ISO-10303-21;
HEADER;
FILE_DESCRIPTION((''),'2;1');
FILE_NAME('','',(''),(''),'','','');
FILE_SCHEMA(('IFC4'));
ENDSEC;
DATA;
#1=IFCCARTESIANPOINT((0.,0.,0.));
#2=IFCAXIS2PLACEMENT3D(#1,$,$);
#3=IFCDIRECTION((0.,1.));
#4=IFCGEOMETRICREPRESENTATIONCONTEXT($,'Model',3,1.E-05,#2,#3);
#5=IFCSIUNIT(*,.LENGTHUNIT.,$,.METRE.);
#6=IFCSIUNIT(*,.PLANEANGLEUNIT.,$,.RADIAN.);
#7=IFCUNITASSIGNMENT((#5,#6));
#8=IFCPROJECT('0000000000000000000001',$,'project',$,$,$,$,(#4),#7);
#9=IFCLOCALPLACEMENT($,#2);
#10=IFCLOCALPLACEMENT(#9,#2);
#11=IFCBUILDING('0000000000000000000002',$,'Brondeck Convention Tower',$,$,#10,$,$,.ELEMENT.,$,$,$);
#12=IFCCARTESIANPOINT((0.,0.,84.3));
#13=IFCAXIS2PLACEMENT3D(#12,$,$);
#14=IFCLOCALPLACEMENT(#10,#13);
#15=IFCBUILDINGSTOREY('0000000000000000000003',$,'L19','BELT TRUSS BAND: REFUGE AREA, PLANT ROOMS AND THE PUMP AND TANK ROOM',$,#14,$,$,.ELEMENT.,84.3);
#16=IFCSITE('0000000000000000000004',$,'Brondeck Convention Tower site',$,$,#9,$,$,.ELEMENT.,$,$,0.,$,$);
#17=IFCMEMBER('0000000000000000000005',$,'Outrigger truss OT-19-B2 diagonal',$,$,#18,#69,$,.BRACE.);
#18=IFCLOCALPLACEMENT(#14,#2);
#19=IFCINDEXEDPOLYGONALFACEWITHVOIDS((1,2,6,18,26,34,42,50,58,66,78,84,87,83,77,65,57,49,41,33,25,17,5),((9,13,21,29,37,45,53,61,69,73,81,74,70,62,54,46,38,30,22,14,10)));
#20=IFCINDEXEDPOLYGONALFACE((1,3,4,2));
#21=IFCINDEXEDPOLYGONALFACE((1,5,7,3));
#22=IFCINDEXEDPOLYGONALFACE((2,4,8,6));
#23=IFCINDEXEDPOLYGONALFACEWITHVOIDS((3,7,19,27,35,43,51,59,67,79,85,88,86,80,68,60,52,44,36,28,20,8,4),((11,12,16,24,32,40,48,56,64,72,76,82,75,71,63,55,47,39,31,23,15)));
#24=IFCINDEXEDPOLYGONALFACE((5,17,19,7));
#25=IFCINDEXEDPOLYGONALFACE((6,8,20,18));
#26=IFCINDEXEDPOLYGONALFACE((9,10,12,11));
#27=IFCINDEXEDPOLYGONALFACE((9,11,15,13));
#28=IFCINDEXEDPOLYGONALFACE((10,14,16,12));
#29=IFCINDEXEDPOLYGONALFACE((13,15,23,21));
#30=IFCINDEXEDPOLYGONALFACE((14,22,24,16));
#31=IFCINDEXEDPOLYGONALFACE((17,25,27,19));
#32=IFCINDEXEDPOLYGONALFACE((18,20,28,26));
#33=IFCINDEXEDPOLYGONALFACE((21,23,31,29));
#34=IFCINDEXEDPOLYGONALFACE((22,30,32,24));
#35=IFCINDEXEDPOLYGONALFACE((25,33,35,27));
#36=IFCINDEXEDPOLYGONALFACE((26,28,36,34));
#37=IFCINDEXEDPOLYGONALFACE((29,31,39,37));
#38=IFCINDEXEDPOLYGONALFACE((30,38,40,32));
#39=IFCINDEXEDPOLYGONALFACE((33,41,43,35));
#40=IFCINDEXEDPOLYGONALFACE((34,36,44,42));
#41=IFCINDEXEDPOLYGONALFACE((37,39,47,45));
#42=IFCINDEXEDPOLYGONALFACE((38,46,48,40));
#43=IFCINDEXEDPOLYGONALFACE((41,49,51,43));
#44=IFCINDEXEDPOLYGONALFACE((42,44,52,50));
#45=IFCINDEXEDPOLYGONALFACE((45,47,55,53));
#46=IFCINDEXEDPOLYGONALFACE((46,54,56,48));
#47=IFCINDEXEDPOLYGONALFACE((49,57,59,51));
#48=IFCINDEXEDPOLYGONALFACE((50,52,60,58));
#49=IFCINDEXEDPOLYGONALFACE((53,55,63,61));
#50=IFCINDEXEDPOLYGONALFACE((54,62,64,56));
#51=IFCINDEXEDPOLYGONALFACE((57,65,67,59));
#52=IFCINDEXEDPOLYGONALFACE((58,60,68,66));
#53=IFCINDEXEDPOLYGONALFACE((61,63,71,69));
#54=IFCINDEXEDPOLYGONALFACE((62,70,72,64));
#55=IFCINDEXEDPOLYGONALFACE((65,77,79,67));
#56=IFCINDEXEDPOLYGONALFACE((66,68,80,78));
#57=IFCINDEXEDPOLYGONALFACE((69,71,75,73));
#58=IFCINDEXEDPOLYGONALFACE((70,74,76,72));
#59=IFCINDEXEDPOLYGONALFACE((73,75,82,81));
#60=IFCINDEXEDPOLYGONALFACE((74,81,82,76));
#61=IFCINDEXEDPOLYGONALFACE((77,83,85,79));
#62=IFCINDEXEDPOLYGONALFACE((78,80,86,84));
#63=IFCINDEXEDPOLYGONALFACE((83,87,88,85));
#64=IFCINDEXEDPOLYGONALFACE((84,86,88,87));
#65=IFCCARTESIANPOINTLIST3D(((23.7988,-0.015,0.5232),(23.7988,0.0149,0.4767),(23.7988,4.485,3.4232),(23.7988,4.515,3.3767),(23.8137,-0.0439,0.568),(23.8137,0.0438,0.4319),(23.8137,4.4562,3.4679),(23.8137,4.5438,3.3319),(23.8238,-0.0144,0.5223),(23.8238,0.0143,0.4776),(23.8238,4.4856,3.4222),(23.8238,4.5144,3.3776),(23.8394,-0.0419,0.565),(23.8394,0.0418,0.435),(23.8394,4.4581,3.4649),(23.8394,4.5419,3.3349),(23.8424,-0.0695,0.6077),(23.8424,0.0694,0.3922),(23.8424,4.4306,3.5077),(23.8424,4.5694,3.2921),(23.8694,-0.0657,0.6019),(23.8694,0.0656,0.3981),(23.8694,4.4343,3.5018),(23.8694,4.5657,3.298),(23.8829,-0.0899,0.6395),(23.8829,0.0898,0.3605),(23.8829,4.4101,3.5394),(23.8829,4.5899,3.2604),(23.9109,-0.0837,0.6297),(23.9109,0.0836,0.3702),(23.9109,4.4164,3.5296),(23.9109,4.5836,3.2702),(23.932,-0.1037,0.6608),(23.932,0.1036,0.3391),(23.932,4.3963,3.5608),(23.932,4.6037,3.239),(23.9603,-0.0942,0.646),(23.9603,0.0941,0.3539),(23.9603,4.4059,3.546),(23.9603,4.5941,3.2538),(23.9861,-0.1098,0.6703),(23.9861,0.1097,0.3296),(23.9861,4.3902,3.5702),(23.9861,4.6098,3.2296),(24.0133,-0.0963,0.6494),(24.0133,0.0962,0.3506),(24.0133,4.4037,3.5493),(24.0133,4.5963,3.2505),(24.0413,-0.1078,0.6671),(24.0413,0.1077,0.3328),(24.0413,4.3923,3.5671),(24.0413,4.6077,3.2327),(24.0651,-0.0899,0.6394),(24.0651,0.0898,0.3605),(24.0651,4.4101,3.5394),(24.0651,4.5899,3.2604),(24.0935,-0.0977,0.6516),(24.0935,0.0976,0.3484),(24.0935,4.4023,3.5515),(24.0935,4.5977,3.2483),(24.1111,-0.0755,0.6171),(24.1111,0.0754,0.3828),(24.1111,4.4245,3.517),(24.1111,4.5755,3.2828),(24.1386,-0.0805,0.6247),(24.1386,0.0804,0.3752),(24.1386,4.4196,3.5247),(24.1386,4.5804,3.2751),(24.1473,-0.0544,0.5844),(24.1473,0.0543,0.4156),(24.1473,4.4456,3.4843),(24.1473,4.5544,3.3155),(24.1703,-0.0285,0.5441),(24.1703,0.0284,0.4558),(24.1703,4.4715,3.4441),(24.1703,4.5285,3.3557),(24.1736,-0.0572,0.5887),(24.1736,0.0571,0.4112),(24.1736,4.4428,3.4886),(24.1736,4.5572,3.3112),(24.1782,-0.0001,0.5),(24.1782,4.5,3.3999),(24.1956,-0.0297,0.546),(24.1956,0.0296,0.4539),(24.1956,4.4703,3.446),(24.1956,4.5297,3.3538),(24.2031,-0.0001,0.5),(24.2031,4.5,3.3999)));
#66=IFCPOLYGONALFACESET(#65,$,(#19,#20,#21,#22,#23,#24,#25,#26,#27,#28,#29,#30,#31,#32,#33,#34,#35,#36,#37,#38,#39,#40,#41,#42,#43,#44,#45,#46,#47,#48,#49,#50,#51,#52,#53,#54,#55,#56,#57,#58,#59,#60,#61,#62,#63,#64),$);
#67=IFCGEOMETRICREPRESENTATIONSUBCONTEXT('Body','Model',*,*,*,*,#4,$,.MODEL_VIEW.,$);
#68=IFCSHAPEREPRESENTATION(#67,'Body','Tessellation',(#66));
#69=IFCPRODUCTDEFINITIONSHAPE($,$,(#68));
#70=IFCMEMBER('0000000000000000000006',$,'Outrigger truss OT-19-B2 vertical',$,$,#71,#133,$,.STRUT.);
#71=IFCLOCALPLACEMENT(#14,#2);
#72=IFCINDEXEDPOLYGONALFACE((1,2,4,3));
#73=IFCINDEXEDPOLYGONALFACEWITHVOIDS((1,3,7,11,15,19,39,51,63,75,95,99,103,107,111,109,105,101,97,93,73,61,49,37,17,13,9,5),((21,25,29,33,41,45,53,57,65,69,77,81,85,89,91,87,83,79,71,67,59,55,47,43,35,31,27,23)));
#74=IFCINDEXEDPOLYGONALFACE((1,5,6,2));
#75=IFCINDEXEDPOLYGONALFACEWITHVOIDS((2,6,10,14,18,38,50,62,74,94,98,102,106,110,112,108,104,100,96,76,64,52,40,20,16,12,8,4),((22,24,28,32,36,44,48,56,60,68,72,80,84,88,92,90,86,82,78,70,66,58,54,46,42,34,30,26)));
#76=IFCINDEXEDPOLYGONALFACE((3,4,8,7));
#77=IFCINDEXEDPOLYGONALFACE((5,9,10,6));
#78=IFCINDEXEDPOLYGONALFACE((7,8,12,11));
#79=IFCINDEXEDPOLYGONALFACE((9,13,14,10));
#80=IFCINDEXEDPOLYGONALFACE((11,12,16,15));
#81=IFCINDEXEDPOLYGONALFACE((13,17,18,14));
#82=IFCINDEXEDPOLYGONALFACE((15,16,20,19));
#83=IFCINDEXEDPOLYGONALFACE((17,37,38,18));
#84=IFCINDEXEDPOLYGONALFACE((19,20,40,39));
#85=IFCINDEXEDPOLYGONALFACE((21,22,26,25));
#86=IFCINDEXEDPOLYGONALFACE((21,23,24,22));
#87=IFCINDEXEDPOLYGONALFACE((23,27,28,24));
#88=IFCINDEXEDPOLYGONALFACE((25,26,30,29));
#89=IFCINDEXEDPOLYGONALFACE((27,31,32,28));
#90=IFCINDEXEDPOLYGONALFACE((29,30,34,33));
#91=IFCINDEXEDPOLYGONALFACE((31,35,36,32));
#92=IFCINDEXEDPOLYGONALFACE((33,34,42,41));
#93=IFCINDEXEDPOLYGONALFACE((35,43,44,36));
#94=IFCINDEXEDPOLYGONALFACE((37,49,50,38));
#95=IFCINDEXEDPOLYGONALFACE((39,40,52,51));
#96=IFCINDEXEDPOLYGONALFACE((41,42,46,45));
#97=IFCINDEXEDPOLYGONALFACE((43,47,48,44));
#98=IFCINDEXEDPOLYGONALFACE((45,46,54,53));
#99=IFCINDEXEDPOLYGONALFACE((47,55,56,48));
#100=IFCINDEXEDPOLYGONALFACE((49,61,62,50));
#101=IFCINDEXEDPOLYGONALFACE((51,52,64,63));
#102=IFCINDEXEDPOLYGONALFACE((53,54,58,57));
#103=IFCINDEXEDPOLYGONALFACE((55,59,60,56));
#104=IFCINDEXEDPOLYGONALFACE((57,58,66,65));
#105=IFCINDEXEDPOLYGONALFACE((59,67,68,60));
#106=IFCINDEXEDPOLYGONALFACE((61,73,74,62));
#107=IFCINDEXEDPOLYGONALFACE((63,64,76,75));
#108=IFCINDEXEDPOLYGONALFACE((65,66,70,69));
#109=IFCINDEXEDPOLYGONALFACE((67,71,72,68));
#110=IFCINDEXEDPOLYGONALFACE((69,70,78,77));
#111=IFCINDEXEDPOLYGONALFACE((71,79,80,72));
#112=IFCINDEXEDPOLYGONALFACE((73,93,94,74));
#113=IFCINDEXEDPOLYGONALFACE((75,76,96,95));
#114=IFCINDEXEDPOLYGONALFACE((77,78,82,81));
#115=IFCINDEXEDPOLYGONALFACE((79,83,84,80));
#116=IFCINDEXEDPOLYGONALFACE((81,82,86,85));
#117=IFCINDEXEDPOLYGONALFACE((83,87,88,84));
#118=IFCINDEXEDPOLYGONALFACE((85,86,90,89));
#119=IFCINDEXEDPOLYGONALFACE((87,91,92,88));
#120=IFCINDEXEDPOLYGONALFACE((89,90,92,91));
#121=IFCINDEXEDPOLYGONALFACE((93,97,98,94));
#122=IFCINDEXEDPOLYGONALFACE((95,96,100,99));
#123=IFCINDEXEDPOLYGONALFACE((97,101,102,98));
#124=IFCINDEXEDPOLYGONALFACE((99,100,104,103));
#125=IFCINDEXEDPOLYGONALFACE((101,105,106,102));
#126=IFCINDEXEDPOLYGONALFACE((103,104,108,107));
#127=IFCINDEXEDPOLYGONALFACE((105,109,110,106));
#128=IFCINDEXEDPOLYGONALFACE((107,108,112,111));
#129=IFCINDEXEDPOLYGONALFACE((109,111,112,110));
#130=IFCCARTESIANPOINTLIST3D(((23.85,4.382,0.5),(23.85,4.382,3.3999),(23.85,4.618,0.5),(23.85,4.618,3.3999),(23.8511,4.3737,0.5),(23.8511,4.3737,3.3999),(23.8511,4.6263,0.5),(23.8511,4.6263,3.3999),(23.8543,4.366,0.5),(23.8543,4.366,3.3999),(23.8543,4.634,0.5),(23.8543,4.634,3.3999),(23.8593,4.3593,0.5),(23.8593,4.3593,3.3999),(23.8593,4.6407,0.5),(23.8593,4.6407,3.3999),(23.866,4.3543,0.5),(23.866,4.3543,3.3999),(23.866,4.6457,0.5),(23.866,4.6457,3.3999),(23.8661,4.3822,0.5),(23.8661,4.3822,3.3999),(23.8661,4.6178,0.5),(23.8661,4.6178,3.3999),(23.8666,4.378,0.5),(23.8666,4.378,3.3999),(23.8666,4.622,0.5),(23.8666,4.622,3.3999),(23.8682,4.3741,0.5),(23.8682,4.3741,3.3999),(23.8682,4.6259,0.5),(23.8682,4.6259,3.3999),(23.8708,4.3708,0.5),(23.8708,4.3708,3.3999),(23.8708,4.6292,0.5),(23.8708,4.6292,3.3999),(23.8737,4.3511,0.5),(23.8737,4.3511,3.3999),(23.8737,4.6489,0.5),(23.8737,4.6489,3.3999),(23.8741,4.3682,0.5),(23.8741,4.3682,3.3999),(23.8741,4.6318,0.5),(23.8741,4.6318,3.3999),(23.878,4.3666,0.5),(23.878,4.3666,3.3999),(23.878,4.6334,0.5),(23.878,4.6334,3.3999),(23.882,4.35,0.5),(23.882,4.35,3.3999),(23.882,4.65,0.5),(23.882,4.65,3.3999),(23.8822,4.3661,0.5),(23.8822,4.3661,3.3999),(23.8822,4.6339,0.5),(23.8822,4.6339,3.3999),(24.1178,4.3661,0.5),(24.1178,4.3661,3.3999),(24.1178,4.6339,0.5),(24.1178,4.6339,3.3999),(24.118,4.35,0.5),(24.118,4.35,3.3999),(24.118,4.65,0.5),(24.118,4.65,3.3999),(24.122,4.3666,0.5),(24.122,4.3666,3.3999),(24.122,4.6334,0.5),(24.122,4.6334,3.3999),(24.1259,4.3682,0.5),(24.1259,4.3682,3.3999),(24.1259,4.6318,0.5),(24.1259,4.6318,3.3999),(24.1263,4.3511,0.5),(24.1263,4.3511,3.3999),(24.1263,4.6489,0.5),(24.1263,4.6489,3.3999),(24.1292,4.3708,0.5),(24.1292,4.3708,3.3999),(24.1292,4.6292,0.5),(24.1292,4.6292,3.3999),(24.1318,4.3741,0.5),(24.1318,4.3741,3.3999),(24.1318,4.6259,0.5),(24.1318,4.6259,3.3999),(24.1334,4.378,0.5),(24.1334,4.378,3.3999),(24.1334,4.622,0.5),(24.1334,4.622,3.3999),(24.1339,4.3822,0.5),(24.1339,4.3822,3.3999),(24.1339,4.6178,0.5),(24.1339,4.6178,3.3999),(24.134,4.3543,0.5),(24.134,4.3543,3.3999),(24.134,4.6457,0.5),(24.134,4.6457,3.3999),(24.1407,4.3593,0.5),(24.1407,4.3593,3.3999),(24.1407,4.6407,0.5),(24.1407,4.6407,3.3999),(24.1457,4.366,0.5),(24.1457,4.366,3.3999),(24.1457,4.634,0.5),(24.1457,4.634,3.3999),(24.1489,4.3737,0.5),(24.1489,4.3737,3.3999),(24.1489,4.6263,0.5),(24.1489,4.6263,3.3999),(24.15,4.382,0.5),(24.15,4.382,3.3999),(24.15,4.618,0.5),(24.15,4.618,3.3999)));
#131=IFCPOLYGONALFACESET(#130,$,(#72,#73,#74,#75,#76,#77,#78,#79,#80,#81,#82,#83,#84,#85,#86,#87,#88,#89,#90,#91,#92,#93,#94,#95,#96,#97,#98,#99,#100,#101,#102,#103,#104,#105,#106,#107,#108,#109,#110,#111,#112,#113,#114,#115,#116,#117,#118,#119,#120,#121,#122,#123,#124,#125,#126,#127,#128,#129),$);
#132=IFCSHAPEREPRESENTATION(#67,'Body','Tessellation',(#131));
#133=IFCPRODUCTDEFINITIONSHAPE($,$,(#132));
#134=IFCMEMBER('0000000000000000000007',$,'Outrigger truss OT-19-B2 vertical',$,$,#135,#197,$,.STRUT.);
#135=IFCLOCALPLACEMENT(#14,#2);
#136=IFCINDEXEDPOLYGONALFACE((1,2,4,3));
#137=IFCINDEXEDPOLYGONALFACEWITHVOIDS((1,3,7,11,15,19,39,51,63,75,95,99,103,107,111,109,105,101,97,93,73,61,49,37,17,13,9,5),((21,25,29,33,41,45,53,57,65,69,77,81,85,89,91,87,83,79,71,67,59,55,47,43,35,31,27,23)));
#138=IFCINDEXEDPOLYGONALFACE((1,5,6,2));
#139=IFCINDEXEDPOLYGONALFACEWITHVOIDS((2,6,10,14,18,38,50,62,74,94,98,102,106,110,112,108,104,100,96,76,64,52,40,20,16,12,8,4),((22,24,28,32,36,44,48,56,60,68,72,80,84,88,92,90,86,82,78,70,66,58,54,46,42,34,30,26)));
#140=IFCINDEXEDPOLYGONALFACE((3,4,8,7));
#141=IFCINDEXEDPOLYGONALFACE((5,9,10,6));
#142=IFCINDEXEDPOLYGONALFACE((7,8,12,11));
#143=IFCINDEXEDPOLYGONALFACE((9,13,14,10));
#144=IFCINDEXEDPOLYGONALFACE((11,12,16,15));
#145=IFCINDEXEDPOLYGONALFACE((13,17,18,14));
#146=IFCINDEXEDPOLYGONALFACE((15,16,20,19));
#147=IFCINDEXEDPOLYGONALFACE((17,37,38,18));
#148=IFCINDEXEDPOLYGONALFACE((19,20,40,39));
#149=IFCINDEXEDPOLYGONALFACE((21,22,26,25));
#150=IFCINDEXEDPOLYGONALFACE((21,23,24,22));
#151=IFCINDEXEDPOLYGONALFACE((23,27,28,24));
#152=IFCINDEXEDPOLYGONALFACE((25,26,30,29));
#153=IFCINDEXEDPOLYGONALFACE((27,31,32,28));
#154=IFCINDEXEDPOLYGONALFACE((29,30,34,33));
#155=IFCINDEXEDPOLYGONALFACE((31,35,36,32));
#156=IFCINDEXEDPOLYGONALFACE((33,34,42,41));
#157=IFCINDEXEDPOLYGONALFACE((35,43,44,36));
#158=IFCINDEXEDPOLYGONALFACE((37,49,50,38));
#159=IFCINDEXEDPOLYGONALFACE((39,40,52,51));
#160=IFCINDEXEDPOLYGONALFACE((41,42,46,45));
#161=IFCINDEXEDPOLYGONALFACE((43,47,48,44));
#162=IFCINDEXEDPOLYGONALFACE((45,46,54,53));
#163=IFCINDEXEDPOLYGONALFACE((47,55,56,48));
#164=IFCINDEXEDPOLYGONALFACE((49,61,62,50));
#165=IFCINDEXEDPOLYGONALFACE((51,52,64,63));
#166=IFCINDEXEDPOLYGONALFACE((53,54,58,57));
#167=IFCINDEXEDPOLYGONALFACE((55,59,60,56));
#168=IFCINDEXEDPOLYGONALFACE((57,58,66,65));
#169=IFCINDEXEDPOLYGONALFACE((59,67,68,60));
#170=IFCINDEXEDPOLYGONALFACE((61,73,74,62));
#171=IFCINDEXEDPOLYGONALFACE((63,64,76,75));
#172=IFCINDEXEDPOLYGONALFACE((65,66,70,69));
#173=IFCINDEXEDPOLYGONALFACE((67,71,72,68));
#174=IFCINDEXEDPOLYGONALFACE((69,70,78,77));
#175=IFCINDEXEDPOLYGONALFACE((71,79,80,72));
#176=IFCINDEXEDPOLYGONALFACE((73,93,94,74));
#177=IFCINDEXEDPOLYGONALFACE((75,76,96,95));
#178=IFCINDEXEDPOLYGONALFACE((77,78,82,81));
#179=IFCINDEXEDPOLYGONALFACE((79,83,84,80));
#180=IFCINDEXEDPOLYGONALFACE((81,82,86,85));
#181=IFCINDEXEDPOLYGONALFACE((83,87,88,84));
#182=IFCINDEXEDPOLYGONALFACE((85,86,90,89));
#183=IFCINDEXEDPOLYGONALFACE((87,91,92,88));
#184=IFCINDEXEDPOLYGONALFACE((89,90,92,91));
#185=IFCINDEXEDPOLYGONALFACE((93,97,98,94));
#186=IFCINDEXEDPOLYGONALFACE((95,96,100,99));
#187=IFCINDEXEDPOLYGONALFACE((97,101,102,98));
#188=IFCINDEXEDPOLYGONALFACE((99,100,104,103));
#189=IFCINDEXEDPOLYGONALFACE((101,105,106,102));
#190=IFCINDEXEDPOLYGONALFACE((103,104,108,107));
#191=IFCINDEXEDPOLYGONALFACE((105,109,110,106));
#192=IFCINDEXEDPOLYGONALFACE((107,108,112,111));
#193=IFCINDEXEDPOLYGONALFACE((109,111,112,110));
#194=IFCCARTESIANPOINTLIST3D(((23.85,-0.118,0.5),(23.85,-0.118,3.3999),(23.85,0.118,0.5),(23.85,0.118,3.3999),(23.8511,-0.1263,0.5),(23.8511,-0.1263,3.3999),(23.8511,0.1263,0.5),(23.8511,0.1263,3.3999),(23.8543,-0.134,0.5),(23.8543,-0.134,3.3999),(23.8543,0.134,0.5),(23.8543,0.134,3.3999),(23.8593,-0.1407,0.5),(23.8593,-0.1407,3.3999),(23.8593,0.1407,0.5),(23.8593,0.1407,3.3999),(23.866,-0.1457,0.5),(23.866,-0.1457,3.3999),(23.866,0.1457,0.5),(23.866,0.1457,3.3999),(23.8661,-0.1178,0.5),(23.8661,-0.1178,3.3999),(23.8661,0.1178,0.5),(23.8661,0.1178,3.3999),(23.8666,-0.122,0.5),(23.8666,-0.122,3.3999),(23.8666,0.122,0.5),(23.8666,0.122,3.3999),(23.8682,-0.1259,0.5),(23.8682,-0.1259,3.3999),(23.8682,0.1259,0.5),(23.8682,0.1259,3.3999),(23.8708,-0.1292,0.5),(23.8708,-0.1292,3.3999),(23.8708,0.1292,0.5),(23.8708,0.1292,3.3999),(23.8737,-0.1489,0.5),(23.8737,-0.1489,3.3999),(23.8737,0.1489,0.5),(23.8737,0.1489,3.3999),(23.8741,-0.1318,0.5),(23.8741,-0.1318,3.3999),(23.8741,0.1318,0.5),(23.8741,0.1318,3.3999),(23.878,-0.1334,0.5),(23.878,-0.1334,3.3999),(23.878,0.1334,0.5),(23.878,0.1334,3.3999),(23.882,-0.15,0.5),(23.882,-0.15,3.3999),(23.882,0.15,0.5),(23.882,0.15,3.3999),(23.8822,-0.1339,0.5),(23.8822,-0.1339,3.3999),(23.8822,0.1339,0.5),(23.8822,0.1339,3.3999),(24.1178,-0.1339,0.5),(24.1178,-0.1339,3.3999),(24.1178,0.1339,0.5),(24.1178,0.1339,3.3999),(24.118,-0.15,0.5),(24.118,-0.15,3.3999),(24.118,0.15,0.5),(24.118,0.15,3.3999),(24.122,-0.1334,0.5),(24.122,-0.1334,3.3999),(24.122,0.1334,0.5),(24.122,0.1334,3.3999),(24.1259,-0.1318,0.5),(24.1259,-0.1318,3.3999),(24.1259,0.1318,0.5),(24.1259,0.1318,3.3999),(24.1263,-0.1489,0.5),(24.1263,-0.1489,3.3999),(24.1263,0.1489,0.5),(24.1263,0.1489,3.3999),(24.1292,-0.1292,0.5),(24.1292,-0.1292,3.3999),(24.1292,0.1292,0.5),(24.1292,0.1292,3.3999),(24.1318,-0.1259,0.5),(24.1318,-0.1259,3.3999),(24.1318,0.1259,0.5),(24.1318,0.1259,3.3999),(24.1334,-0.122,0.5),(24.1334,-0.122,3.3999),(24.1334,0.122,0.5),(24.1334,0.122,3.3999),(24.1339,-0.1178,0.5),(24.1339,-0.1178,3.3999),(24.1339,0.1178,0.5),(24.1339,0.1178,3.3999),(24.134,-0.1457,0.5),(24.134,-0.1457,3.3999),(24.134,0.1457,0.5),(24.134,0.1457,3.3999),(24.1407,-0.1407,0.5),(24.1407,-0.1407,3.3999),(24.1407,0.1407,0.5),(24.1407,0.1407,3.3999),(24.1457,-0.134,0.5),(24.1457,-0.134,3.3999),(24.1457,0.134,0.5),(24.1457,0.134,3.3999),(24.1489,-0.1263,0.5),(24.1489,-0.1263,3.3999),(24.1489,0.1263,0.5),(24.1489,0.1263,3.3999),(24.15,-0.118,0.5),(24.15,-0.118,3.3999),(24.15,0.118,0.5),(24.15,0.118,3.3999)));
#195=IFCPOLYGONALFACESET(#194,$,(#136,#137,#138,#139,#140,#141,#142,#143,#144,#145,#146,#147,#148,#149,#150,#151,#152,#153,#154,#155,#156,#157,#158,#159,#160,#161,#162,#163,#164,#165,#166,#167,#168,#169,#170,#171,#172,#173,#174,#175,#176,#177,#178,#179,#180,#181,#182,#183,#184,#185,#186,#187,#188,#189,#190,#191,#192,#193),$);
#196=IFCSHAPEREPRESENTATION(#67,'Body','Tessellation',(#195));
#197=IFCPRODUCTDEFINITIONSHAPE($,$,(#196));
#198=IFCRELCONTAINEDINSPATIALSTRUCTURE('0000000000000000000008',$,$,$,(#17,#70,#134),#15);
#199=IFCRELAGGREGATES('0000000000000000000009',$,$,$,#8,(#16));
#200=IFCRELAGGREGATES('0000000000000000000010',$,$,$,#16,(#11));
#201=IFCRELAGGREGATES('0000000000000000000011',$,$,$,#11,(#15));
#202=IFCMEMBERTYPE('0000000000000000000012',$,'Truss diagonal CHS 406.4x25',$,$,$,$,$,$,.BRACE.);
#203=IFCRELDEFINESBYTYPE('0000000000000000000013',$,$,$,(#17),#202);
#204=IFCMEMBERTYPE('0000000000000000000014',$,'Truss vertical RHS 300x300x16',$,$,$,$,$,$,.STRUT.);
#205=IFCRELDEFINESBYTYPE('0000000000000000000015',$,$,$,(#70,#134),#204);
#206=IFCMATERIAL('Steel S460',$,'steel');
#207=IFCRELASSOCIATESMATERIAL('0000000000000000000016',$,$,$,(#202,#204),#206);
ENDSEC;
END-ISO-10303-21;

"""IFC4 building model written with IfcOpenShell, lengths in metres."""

from ifc_helpers import new_model, si_unit, direction, frame, origin, origin_2d, place, context, subcontext, project, spatial, hollow_rectangle, hollow_circle, extrude, material, material_profile, profile_set, type_object, element, save


model = new_model("IFC4")

# Units and contexts
model_context = context("Model", 3, precision=1e-05, world=origin(), true_north=direction((0.0, 1.0)))
body_context = subcontext(model_context, "Body", "Model", "MODEL_VIEW")
ifc_project = project(units=[si_unit("LENGTHUNIT", "METRE"), si_unit("PLANEANGLEUNIT", "RADIAN")], contexts=[model_context])

# Site, building, storey
site_placement = place(None, origin())
site = spatial("IfcSite", under=ifc_project, at=site_placement, Name="Brondeck Convention Tower site", CompositionType="ELEMENT", RefElevation=0.0)
building_placement = place(site_placement, origin())
building = spatial("IfcBuilding", under=site, at=building_placement, Name="Brondeck Convention Tower", CompositionType="ELEMENT")
storey_placement = place(building_placement, frame((0.0, 0.0, 84.3)))
storey = spatial("IfcBuildingStorey", under=building, at=storey_placement, Name="L19", Description="BELT TRUSS BAND: REFUGE AREA, PLANT ROOMS AND THE PUMP AND TANK ROOM", CompositionType="ELEMENT", Elevation=84.3)

# Shared definitions
ifc_material_1 = material(Name="Steel S460", Category="steel")

# Members
ifc_material_profile_1 = material_profile(ifc_material_1, hollow_circle(Radius=0.2031, WallThickness=0.0249, at=origin_2d()), Name="CHS 406.4x25")
ifc_profile_set_1 = profile_set([ifc_material_profile_1], Name="Steel S460")
member_type_1 = type_object("IfcMemberType", Name="Truss diagonal CHS 406.4x25", PredefinedType="BRACE", material=ifc_profile_set_1)
for number, where, z_axis, x_axis, name in (
    (1, (24.0, 4.5, 3.3999), (0.0, -0.840579, -0.541688), (1.0, 0.0, 0.0), "Outrigger truss OT-19-B2 diagonal"),
):
    element("IfcMember", number, at=place(storey_placement, frame(where, z_axis=z_axis, x_axis=x_axis)), inside=storey, type_object=member_type_1, Name=name, PredefinedType="BRACE", context=body_context, shape_type="SweptSolid", body=[
        extrude(hollow_circle(Radius=0.2031, WallThickness=0.0249, at=origin_2d()), origin(), (0.0, 0.0, 1.0), 5.3535),
    ])
ifc_material_profile_2 = material_profile(ifc_material_1, hollow_rectangle(XDim=0.3, YDim=0.3, WallThickness=0.0161, InnerFilletRadius=0.0161, OuterFilletRadius=0.032, at=origin_2d()), Name="RHS 300x300x16")
ifc_profile_set_2 = profile_set([ifc_material_profile_2], Name="Steel S460")
member_type_2 = type_object("IfcMemberType", Name="Truss vertical RHS 300x300x16", PredefinedType="STRUT", material=ifc_profile_set_2)
for number, where, z_axis, x_axis, name in (
    (2, (24.0, 4.5, 0.5), (0.0, 0.0, 1.0), (1.0, 0.0, 0.0), "Outrigger truss OT-19-B2 vertical"),
    (3, (24.0, 0.0, 0.5), (0.0, 0.0, 1.0), (1.0, 0.0, 0.0), "Outrigger truss OT-19-B2 vertical"),
):
    element("IfcMember", number, at=place(storey_placement, frame(where, z_axis=z_axis, x_axis=x_axis)), inside=storey, type_object=member_type_2, Name=name, PredefinedType="STRUT", context=body_context, shape_type="SweptSolid", body=[
        extrude(hollow_rectangle(XDim=0.3, YDim=0.3, WallThickness=0.0161, InnerFilletRadius=0.0161, OuterFilletRadius=0.032, at=origin_2d()), origin(), (0.0, 0.0, 1.0), 2.8999),
    ])

save(model, "model.ifc")
